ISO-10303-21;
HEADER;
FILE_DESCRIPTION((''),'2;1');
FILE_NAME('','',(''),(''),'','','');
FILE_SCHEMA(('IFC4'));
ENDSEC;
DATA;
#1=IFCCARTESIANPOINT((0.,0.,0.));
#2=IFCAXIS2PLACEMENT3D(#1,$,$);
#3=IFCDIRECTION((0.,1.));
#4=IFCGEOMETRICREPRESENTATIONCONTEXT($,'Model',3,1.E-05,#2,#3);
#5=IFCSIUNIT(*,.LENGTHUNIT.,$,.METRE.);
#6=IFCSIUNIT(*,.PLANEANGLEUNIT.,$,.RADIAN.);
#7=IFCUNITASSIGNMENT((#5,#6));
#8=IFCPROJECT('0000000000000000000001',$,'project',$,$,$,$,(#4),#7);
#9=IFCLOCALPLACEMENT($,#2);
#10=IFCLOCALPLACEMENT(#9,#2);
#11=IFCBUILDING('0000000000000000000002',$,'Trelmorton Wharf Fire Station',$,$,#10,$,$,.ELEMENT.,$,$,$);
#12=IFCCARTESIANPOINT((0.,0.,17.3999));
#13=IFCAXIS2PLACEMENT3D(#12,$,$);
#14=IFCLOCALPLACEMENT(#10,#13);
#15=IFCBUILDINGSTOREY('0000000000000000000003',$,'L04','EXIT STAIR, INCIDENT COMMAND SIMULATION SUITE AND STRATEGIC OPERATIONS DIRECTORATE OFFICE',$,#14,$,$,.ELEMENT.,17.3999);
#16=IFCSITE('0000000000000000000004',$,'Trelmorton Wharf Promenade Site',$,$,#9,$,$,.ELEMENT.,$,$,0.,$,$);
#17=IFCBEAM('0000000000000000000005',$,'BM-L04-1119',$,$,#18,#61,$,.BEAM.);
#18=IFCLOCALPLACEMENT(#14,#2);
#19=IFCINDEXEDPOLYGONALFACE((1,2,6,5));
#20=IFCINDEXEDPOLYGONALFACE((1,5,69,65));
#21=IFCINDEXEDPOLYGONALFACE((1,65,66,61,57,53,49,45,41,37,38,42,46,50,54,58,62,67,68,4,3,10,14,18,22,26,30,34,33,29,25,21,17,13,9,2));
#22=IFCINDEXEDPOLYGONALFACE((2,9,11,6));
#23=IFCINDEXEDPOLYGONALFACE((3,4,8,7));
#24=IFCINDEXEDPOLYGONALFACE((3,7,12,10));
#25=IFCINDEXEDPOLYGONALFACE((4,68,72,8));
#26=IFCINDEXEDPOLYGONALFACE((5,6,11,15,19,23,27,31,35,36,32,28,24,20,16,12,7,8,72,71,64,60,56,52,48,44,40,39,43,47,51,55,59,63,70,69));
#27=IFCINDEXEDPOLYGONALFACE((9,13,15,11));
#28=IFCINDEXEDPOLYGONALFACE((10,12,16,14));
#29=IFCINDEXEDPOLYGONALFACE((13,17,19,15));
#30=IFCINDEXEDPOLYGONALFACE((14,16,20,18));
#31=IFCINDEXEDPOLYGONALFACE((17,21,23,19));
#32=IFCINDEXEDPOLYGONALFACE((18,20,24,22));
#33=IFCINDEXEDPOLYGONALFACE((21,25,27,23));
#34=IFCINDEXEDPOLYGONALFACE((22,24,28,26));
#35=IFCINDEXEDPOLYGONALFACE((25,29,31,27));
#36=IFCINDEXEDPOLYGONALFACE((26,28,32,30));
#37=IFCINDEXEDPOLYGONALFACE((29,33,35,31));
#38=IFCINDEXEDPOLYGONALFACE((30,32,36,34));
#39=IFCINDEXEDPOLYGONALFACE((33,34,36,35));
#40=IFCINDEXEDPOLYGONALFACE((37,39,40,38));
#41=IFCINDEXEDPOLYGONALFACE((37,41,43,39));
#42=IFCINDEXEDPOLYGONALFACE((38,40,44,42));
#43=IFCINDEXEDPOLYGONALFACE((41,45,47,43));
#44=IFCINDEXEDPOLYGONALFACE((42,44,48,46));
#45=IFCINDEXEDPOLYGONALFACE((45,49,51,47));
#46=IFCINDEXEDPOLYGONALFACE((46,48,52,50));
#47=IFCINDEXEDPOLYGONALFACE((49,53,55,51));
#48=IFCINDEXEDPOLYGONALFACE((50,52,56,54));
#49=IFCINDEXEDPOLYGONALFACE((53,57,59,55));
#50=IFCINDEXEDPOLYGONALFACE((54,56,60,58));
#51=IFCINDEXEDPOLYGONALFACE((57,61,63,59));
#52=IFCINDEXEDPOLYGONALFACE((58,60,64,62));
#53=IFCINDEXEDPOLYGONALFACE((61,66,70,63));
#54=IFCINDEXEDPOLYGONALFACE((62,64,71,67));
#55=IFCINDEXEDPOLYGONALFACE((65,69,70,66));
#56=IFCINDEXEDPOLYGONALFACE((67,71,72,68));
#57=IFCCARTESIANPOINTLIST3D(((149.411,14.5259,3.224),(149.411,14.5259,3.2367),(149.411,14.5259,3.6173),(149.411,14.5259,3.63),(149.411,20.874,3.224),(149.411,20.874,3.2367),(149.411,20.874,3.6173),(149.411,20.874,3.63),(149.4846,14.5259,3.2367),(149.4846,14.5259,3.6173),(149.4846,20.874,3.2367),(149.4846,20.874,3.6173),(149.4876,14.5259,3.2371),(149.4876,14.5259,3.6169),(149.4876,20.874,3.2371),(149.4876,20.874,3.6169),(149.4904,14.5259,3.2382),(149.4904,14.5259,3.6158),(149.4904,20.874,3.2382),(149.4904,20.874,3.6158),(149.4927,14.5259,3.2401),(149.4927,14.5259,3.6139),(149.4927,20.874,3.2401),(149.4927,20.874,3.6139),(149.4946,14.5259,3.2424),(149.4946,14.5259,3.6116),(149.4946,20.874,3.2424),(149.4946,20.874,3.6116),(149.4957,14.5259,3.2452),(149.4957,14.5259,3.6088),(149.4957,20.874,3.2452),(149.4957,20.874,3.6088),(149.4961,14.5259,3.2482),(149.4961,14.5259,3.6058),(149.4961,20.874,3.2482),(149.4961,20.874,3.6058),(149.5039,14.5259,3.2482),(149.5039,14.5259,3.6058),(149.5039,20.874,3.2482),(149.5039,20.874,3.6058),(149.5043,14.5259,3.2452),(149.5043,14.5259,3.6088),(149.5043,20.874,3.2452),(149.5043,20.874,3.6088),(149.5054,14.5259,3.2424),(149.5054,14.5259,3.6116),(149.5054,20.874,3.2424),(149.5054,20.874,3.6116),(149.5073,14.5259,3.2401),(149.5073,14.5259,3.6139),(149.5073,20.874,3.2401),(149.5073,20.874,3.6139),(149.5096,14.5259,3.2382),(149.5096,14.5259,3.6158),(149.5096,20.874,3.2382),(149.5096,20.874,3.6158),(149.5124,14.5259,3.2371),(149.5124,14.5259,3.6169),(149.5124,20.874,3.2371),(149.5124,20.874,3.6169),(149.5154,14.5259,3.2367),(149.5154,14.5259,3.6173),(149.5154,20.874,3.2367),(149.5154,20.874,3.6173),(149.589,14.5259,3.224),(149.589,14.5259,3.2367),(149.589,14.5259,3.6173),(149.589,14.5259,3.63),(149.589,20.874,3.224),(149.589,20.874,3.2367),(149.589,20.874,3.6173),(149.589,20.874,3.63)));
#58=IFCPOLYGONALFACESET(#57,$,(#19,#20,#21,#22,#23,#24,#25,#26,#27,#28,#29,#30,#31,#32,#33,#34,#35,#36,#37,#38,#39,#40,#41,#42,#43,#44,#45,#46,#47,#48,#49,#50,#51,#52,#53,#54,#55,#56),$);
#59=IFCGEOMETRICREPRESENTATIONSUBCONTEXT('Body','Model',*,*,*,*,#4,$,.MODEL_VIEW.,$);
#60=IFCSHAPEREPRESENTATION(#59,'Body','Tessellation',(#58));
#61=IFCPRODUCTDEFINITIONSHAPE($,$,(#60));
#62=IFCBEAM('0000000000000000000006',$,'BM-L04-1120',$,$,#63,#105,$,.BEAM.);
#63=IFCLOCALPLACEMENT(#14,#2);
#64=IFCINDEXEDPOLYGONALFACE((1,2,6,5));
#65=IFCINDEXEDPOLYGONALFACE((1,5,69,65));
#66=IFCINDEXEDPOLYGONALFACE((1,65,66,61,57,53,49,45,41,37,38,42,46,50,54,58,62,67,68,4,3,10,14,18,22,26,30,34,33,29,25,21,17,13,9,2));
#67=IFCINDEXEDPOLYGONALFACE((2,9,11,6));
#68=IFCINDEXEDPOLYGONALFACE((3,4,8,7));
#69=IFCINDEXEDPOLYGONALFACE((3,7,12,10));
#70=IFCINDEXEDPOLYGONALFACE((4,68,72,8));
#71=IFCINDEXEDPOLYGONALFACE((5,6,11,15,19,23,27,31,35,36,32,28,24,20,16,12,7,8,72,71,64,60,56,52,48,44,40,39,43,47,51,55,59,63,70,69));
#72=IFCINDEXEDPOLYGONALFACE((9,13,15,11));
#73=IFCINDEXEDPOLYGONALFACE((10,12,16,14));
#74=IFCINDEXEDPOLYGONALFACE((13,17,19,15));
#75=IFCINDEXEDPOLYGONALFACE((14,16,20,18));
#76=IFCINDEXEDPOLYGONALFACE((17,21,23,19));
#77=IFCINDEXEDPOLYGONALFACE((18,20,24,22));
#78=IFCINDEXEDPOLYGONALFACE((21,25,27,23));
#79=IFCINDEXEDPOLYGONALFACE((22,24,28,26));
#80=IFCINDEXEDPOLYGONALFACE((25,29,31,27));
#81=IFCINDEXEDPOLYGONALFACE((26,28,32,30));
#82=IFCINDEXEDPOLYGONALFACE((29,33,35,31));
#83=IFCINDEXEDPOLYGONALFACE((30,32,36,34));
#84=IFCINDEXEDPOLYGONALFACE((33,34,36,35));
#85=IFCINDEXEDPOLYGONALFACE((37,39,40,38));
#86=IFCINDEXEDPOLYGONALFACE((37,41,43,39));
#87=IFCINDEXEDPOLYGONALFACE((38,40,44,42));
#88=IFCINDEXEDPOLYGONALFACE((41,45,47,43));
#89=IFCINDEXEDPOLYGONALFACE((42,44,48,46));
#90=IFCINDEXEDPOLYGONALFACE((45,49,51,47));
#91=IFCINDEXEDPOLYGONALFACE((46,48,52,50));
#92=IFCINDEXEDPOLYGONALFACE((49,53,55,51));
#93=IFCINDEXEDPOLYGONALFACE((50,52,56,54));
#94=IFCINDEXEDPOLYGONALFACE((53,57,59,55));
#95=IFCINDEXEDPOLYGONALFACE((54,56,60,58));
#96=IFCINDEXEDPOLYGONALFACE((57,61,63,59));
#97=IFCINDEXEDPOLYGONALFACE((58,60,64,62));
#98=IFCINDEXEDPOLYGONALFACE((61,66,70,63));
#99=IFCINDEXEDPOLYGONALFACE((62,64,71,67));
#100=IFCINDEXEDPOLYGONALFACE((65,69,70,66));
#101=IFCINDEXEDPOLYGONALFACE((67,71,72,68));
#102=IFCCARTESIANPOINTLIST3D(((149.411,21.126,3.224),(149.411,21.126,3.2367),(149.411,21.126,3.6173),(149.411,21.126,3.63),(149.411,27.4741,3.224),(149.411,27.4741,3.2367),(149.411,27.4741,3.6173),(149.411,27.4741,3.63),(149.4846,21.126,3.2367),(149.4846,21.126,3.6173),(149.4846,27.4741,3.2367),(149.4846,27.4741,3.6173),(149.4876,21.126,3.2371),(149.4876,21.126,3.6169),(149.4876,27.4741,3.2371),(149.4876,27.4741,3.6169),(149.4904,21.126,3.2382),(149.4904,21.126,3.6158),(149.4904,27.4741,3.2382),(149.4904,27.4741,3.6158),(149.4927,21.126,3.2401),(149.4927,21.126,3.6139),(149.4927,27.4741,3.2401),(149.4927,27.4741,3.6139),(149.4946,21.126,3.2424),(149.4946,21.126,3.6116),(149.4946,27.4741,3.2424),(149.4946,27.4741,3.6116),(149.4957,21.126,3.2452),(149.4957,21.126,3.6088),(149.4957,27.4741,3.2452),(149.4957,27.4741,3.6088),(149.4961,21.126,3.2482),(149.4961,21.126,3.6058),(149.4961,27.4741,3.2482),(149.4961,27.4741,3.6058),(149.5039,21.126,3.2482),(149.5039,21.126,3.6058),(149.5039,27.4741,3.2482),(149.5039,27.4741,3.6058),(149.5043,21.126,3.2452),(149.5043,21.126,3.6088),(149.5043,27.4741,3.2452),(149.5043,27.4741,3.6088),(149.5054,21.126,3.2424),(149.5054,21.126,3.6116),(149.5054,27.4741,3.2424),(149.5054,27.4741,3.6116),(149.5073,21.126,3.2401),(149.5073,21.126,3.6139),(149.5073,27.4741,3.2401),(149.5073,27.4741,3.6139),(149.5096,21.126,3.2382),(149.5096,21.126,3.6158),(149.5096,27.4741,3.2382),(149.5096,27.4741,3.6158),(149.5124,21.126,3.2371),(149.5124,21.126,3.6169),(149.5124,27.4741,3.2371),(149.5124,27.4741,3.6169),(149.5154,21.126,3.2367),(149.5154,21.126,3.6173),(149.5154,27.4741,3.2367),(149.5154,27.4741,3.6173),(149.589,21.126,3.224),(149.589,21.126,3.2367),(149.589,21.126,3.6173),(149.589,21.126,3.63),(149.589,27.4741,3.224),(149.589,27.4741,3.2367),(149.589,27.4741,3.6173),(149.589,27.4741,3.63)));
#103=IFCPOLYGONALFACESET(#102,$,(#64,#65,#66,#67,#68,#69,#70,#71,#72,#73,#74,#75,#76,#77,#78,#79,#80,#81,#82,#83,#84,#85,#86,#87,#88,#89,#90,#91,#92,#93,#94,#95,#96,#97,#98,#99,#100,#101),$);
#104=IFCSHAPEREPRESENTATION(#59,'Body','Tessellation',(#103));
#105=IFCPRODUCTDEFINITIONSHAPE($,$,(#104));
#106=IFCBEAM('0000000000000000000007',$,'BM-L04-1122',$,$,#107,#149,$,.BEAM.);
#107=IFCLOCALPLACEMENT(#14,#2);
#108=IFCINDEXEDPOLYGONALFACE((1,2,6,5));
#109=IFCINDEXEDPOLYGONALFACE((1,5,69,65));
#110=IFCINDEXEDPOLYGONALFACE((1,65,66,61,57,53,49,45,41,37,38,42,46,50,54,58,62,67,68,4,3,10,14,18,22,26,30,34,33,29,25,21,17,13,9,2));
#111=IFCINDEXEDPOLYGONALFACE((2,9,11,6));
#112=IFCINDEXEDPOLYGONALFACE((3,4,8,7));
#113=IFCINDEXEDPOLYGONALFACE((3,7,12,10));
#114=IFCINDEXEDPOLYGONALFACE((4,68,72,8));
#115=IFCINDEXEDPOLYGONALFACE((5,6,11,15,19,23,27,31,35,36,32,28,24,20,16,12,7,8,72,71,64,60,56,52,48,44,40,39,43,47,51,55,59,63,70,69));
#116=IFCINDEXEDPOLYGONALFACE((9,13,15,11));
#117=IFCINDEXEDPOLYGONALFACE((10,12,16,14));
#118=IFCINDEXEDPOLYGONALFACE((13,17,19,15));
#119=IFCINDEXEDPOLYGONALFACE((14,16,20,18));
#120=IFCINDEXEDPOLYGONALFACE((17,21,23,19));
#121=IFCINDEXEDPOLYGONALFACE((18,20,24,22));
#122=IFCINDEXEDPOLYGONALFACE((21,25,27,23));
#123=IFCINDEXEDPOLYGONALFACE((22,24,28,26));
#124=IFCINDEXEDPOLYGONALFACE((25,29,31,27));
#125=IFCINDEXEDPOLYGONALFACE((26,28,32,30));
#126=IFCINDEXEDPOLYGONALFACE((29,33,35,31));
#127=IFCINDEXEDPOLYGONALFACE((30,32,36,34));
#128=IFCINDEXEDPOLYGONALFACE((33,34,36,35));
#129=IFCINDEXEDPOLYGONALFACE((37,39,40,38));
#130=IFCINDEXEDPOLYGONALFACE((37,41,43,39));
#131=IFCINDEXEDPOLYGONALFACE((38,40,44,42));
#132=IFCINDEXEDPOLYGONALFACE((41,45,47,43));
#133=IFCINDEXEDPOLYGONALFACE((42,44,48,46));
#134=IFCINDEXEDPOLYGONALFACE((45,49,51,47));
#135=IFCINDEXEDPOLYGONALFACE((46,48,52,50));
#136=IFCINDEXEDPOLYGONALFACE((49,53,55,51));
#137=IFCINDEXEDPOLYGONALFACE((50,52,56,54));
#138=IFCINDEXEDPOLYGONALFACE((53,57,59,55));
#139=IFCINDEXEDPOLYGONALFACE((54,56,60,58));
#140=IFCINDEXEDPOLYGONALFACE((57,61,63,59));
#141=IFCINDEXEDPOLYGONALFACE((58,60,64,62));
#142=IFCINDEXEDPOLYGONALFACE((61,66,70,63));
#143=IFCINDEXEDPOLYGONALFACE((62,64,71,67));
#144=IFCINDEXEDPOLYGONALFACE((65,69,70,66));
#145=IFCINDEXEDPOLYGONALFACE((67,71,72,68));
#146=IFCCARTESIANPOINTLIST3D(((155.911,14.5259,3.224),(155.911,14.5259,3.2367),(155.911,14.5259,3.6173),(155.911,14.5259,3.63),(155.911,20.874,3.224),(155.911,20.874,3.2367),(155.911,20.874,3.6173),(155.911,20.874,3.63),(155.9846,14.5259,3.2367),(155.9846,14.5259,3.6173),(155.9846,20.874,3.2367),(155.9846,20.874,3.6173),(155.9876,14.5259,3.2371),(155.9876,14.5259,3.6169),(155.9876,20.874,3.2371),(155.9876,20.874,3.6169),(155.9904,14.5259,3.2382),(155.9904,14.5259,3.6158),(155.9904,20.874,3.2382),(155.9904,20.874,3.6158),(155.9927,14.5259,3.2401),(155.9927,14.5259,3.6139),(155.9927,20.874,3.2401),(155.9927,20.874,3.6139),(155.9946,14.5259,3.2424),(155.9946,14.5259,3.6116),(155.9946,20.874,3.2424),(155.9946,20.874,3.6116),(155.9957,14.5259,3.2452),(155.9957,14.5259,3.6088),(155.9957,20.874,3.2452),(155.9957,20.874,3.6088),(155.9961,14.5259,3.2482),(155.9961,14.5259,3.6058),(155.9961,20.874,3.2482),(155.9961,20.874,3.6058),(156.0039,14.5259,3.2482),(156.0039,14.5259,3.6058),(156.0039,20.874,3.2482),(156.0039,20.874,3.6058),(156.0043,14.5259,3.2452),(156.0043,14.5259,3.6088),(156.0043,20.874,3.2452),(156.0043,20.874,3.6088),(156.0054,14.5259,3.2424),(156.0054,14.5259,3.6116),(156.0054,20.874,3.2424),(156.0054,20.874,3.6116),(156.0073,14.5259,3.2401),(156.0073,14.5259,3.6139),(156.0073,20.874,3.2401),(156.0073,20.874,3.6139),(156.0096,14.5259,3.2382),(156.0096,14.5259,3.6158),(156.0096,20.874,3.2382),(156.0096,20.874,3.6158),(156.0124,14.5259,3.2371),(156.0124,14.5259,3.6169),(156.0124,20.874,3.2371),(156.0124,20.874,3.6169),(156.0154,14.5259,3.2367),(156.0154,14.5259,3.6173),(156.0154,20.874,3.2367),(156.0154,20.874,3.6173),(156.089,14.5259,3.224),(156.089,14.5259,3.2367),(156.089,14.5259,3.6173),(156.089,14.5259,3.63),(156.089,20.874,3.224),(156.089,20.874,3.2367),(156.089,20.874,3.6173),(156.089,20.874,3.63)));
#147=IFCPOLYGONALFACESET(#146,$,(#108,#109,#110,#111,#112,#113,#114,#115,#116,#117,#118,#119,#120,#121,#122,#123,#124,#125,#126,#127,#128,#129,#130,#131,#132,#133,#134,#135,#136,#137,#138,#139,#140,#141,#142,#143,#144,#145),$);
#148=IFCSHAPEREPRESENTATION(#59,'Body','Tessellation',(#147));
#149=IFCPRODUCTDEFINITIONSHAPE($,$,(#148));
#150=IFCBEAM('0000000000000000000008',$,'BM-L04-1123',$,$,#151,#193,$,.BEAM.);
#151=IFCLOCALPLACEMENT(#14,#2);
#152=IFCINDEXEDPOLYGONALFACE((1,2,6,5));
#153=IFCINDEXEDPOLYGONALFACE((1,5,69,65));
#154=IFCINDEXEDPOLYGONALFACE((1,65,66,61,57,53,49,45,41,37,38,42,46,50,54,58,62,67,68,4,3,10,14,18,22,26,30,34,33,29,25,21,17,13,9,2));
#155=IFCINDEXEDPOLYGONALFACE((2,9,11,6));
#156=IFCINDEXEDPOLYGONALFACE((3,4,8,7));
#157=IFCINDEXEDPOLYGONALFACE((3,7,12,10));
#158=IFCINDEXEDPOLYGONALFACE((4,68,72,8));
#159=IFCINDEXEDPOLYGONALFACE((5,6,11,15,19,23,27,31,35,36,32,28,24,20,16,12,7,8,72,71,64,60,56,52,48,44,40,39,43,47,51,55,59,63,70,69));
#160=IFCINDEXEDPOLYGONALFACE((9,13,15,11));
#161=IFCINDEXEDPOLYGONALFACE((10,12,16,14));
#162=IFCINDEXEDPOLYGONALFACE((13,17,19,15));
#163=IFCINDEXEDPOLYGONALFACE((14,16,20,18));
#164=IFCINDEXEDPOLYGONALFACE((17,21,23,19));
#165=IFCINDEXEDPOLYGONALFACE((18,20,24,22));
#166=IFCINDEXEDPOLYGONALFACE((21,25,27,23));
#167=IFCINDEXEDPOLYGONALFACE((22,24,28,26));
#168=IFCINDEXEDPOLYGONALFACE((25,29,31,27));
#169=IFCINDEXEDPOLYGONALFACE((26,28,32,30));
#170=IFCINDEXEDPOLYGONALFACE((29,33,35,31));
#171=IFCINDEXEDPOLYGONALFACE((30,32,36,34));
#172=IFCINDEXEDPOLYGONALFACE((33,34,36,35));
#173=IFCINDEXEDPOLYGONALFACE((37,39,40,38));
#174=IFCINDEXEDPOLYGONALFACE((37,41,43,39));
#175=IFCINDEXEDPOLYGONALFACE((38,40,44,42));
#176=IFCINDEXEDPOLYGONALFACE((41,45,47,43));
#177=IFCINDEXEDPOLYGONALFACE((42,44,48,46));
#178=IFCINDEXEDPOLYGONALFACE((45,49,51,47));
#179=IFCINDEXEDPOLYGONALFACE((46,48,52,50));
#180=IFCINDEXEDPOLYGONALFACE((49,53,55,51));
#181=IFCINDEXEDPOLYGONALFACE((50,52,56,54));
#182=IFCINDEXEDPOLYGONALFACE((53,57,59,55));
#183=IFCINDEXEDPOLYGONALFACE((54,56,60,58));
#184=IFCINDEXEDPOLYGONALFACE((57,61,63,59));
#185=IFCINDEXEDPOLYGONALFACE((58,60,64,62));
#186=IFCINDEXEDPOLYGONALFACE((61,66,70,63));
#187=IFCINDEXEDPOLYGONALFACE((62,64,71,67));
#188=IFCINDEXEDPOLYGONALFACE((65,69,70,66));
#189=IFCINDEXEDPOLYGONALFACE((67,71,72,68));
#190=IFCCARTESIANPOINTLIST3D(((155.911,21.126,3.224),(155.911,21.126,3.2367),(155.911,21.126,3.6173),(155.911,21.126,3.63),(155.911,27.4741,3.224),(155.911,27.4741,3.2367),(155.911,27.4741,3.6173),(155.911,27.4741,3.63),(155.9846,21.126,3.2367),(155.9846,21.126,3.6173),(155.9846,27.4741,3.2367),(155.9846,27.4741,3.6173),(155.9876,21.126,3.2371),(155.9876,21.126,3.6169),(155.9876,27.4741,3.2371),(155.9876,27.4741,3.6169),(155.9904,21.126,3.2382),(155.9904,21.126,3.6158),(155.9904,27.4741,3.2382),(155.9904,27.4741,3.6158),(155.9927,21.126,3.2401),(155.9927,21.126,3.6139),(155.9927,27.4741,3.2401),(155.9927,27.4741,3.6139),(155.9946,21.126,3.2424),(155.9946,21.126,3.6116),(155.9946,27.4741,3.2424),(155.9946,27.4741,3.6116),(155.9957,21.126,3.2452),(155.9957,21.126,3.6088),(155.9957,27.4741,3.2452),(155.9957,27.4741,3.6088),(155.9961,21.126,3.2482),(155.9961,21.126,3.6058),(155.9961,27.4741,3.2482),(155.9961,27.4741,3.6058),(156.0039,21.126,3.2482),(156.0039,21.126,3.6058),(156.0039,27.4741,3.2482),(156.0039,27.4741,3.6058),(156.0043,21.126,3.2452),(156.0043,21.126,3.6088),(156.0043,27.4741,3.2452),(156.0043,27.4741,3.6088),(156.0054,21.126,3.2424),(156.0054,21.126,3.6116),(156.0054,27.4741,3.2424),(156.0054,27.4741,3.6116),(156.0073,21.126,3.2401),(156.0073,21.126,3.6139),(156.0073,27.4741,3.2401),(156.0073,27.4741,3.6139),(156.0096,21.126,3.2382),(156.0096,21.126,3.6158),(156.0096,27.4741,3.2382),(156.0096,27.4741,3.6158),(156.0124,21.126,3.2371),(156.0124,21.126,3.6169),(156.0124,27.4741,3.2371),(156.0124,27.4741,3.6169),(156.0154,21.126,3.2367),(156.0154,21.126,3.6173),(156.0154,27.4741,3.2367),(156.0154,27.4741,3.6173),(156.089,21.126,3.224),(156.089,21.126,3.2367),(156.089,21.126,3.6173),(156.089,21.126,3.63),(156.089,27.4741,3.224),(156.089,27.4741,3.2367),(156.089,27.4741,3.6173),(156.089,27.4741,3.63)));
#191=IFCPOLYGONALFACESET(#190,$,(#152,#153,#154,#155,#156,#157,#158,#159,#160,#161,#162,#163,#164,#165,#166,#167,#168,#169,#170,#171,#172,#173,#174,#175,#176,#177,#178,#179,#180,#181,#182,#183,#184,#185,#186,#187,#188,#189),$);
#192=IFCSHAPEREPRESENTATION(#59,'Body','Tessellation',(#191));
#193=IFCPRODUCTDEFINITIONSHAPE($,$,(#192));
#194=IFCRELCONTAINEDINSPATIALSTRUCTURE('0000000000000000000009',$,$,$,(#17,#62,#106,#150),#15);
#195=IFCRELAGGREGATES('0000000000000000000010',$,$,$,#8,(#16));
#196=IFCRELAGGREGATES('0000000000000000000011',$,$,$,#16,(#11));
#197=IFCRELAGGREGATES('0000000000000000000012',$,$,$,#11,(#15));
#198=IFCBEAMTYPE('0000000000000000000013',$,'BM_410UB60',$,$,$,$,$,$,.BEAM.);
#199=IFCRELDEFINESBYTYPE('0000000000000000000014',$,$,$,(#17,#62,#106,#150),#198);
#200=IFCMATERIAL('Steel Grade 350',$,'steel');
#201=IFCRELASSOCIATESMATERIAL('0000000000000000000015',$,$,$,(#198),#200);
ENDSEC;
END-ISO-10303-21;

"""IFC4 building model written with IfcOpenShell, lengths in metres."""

from ifc_helpers import new_model, si_unit, direction, frame, origin, origin_2d, place, context, subcontext, project, spatial, i_section, extrude, material, material_profile, profile_set, type_object, element, save


model = new_model("IFC4")

# Units and contexts
model_context = context("Model", 3, precision=1e-05, world=origin(), true_north=direction((0.0, 1.0)))
body_context = subcontext(model_context, "Body", "Model", "MODEL_VIEW")
ifc_project = project(units=[si_unit("LENGTHUNIT", "METRE"), si_unit("PLANEANGLEUNIT", "RADIAN")], contexts=[model_context])

# Site, building, storey
site_placement = place(None, origin())
site = spatial("IfcSite", under=ifc_project, at=site_placement, Name="Trelmorton Wharf Promenade Site", CompositionType="ELEMENT", RefElevation=0.0)
building_placement = place(site_placement, origin())
building = spatial("IfcBuilding", under=site, at=building_placement, Name="Trelmorton Wharf Fire Station", CompositionType="ELEMENT")
storey_placement = place(building_placement, frame((0.0, 0.0, 17.3999)))
storey = spatial("IfcBuildingStorey", under=building, at=storey_placement, Name="L04", Description="EXIT STAIR, INCIDENT COMMAND SIMULATION SUITE AND STRATEGIC OPERATIONS DIRECTORATE OFFICE", CompositionType="ELEMENT", Elevation=17.3999)

# Shared definitions
ifc_material_1 = material(Name="Steel Grade 350", Category="steel")

# Beams
ifc_material_profile_1 = material_profile(ifc_material_1, i_section(OverallWidth=0.178, OverallDepth=0.406, WebThickness=0.0078, FlangeThickness=0.0127, FilletRadius=0.0115, at=origin_2d()), Name="410UB59.7")
ifc_profile_set_1 = profile_set([ifc_material_profile_1], Name="Steel Grade 350")
beam_type_1 = type_object("IfcBeamType", Name="BM_410UB60", PredefinedType="BEAM", material=ifc_profile_set_1)
for number, where, z_axis, x_axis, name in (
    (1, (149.5, 14.5259, 3.427), (0.0, 1.0, 0.0), (-1.0, 0.0, 0.0), "BM-L04-1119"),
    (2, (149.5, 21.126, 3.427), (0.0, 1.0, 0.0), (-1.0, 0.0, 0.0), "BM-L04-1120"),
    (3, (156.0, 14.5259, 3.427), (0.0, 1.0, 0.0), (-1.0, 0.0, 0.0), "BM-L04-1122"),
    (4, (156.0, 21.126, 3.427), (0.0, 1.0, 0.0), (-1.0, 0.0, 0.0), "BM-L04-1123"),
):
    element("IfcBeam", number, at=place(storey_placement, frame(where, z_axis=z_axis, x_axis=x_axis)), inside=storey, type_object=beam_type_1, Name=name, PredefinedType="BEAM", context=body_context, shape_type="SweptSolid", body=[
        extrude(i_section(OverallWidth=0.178, OverallDepth=0.406, WebThickness=0.0078, FlangeThickness=0.0127, FilletRadius=0.0115, at=origin_2d()), origin(), (0.0, 0.0, 1.0), 6.3481),
    ])

save(model, "model.ifc")
